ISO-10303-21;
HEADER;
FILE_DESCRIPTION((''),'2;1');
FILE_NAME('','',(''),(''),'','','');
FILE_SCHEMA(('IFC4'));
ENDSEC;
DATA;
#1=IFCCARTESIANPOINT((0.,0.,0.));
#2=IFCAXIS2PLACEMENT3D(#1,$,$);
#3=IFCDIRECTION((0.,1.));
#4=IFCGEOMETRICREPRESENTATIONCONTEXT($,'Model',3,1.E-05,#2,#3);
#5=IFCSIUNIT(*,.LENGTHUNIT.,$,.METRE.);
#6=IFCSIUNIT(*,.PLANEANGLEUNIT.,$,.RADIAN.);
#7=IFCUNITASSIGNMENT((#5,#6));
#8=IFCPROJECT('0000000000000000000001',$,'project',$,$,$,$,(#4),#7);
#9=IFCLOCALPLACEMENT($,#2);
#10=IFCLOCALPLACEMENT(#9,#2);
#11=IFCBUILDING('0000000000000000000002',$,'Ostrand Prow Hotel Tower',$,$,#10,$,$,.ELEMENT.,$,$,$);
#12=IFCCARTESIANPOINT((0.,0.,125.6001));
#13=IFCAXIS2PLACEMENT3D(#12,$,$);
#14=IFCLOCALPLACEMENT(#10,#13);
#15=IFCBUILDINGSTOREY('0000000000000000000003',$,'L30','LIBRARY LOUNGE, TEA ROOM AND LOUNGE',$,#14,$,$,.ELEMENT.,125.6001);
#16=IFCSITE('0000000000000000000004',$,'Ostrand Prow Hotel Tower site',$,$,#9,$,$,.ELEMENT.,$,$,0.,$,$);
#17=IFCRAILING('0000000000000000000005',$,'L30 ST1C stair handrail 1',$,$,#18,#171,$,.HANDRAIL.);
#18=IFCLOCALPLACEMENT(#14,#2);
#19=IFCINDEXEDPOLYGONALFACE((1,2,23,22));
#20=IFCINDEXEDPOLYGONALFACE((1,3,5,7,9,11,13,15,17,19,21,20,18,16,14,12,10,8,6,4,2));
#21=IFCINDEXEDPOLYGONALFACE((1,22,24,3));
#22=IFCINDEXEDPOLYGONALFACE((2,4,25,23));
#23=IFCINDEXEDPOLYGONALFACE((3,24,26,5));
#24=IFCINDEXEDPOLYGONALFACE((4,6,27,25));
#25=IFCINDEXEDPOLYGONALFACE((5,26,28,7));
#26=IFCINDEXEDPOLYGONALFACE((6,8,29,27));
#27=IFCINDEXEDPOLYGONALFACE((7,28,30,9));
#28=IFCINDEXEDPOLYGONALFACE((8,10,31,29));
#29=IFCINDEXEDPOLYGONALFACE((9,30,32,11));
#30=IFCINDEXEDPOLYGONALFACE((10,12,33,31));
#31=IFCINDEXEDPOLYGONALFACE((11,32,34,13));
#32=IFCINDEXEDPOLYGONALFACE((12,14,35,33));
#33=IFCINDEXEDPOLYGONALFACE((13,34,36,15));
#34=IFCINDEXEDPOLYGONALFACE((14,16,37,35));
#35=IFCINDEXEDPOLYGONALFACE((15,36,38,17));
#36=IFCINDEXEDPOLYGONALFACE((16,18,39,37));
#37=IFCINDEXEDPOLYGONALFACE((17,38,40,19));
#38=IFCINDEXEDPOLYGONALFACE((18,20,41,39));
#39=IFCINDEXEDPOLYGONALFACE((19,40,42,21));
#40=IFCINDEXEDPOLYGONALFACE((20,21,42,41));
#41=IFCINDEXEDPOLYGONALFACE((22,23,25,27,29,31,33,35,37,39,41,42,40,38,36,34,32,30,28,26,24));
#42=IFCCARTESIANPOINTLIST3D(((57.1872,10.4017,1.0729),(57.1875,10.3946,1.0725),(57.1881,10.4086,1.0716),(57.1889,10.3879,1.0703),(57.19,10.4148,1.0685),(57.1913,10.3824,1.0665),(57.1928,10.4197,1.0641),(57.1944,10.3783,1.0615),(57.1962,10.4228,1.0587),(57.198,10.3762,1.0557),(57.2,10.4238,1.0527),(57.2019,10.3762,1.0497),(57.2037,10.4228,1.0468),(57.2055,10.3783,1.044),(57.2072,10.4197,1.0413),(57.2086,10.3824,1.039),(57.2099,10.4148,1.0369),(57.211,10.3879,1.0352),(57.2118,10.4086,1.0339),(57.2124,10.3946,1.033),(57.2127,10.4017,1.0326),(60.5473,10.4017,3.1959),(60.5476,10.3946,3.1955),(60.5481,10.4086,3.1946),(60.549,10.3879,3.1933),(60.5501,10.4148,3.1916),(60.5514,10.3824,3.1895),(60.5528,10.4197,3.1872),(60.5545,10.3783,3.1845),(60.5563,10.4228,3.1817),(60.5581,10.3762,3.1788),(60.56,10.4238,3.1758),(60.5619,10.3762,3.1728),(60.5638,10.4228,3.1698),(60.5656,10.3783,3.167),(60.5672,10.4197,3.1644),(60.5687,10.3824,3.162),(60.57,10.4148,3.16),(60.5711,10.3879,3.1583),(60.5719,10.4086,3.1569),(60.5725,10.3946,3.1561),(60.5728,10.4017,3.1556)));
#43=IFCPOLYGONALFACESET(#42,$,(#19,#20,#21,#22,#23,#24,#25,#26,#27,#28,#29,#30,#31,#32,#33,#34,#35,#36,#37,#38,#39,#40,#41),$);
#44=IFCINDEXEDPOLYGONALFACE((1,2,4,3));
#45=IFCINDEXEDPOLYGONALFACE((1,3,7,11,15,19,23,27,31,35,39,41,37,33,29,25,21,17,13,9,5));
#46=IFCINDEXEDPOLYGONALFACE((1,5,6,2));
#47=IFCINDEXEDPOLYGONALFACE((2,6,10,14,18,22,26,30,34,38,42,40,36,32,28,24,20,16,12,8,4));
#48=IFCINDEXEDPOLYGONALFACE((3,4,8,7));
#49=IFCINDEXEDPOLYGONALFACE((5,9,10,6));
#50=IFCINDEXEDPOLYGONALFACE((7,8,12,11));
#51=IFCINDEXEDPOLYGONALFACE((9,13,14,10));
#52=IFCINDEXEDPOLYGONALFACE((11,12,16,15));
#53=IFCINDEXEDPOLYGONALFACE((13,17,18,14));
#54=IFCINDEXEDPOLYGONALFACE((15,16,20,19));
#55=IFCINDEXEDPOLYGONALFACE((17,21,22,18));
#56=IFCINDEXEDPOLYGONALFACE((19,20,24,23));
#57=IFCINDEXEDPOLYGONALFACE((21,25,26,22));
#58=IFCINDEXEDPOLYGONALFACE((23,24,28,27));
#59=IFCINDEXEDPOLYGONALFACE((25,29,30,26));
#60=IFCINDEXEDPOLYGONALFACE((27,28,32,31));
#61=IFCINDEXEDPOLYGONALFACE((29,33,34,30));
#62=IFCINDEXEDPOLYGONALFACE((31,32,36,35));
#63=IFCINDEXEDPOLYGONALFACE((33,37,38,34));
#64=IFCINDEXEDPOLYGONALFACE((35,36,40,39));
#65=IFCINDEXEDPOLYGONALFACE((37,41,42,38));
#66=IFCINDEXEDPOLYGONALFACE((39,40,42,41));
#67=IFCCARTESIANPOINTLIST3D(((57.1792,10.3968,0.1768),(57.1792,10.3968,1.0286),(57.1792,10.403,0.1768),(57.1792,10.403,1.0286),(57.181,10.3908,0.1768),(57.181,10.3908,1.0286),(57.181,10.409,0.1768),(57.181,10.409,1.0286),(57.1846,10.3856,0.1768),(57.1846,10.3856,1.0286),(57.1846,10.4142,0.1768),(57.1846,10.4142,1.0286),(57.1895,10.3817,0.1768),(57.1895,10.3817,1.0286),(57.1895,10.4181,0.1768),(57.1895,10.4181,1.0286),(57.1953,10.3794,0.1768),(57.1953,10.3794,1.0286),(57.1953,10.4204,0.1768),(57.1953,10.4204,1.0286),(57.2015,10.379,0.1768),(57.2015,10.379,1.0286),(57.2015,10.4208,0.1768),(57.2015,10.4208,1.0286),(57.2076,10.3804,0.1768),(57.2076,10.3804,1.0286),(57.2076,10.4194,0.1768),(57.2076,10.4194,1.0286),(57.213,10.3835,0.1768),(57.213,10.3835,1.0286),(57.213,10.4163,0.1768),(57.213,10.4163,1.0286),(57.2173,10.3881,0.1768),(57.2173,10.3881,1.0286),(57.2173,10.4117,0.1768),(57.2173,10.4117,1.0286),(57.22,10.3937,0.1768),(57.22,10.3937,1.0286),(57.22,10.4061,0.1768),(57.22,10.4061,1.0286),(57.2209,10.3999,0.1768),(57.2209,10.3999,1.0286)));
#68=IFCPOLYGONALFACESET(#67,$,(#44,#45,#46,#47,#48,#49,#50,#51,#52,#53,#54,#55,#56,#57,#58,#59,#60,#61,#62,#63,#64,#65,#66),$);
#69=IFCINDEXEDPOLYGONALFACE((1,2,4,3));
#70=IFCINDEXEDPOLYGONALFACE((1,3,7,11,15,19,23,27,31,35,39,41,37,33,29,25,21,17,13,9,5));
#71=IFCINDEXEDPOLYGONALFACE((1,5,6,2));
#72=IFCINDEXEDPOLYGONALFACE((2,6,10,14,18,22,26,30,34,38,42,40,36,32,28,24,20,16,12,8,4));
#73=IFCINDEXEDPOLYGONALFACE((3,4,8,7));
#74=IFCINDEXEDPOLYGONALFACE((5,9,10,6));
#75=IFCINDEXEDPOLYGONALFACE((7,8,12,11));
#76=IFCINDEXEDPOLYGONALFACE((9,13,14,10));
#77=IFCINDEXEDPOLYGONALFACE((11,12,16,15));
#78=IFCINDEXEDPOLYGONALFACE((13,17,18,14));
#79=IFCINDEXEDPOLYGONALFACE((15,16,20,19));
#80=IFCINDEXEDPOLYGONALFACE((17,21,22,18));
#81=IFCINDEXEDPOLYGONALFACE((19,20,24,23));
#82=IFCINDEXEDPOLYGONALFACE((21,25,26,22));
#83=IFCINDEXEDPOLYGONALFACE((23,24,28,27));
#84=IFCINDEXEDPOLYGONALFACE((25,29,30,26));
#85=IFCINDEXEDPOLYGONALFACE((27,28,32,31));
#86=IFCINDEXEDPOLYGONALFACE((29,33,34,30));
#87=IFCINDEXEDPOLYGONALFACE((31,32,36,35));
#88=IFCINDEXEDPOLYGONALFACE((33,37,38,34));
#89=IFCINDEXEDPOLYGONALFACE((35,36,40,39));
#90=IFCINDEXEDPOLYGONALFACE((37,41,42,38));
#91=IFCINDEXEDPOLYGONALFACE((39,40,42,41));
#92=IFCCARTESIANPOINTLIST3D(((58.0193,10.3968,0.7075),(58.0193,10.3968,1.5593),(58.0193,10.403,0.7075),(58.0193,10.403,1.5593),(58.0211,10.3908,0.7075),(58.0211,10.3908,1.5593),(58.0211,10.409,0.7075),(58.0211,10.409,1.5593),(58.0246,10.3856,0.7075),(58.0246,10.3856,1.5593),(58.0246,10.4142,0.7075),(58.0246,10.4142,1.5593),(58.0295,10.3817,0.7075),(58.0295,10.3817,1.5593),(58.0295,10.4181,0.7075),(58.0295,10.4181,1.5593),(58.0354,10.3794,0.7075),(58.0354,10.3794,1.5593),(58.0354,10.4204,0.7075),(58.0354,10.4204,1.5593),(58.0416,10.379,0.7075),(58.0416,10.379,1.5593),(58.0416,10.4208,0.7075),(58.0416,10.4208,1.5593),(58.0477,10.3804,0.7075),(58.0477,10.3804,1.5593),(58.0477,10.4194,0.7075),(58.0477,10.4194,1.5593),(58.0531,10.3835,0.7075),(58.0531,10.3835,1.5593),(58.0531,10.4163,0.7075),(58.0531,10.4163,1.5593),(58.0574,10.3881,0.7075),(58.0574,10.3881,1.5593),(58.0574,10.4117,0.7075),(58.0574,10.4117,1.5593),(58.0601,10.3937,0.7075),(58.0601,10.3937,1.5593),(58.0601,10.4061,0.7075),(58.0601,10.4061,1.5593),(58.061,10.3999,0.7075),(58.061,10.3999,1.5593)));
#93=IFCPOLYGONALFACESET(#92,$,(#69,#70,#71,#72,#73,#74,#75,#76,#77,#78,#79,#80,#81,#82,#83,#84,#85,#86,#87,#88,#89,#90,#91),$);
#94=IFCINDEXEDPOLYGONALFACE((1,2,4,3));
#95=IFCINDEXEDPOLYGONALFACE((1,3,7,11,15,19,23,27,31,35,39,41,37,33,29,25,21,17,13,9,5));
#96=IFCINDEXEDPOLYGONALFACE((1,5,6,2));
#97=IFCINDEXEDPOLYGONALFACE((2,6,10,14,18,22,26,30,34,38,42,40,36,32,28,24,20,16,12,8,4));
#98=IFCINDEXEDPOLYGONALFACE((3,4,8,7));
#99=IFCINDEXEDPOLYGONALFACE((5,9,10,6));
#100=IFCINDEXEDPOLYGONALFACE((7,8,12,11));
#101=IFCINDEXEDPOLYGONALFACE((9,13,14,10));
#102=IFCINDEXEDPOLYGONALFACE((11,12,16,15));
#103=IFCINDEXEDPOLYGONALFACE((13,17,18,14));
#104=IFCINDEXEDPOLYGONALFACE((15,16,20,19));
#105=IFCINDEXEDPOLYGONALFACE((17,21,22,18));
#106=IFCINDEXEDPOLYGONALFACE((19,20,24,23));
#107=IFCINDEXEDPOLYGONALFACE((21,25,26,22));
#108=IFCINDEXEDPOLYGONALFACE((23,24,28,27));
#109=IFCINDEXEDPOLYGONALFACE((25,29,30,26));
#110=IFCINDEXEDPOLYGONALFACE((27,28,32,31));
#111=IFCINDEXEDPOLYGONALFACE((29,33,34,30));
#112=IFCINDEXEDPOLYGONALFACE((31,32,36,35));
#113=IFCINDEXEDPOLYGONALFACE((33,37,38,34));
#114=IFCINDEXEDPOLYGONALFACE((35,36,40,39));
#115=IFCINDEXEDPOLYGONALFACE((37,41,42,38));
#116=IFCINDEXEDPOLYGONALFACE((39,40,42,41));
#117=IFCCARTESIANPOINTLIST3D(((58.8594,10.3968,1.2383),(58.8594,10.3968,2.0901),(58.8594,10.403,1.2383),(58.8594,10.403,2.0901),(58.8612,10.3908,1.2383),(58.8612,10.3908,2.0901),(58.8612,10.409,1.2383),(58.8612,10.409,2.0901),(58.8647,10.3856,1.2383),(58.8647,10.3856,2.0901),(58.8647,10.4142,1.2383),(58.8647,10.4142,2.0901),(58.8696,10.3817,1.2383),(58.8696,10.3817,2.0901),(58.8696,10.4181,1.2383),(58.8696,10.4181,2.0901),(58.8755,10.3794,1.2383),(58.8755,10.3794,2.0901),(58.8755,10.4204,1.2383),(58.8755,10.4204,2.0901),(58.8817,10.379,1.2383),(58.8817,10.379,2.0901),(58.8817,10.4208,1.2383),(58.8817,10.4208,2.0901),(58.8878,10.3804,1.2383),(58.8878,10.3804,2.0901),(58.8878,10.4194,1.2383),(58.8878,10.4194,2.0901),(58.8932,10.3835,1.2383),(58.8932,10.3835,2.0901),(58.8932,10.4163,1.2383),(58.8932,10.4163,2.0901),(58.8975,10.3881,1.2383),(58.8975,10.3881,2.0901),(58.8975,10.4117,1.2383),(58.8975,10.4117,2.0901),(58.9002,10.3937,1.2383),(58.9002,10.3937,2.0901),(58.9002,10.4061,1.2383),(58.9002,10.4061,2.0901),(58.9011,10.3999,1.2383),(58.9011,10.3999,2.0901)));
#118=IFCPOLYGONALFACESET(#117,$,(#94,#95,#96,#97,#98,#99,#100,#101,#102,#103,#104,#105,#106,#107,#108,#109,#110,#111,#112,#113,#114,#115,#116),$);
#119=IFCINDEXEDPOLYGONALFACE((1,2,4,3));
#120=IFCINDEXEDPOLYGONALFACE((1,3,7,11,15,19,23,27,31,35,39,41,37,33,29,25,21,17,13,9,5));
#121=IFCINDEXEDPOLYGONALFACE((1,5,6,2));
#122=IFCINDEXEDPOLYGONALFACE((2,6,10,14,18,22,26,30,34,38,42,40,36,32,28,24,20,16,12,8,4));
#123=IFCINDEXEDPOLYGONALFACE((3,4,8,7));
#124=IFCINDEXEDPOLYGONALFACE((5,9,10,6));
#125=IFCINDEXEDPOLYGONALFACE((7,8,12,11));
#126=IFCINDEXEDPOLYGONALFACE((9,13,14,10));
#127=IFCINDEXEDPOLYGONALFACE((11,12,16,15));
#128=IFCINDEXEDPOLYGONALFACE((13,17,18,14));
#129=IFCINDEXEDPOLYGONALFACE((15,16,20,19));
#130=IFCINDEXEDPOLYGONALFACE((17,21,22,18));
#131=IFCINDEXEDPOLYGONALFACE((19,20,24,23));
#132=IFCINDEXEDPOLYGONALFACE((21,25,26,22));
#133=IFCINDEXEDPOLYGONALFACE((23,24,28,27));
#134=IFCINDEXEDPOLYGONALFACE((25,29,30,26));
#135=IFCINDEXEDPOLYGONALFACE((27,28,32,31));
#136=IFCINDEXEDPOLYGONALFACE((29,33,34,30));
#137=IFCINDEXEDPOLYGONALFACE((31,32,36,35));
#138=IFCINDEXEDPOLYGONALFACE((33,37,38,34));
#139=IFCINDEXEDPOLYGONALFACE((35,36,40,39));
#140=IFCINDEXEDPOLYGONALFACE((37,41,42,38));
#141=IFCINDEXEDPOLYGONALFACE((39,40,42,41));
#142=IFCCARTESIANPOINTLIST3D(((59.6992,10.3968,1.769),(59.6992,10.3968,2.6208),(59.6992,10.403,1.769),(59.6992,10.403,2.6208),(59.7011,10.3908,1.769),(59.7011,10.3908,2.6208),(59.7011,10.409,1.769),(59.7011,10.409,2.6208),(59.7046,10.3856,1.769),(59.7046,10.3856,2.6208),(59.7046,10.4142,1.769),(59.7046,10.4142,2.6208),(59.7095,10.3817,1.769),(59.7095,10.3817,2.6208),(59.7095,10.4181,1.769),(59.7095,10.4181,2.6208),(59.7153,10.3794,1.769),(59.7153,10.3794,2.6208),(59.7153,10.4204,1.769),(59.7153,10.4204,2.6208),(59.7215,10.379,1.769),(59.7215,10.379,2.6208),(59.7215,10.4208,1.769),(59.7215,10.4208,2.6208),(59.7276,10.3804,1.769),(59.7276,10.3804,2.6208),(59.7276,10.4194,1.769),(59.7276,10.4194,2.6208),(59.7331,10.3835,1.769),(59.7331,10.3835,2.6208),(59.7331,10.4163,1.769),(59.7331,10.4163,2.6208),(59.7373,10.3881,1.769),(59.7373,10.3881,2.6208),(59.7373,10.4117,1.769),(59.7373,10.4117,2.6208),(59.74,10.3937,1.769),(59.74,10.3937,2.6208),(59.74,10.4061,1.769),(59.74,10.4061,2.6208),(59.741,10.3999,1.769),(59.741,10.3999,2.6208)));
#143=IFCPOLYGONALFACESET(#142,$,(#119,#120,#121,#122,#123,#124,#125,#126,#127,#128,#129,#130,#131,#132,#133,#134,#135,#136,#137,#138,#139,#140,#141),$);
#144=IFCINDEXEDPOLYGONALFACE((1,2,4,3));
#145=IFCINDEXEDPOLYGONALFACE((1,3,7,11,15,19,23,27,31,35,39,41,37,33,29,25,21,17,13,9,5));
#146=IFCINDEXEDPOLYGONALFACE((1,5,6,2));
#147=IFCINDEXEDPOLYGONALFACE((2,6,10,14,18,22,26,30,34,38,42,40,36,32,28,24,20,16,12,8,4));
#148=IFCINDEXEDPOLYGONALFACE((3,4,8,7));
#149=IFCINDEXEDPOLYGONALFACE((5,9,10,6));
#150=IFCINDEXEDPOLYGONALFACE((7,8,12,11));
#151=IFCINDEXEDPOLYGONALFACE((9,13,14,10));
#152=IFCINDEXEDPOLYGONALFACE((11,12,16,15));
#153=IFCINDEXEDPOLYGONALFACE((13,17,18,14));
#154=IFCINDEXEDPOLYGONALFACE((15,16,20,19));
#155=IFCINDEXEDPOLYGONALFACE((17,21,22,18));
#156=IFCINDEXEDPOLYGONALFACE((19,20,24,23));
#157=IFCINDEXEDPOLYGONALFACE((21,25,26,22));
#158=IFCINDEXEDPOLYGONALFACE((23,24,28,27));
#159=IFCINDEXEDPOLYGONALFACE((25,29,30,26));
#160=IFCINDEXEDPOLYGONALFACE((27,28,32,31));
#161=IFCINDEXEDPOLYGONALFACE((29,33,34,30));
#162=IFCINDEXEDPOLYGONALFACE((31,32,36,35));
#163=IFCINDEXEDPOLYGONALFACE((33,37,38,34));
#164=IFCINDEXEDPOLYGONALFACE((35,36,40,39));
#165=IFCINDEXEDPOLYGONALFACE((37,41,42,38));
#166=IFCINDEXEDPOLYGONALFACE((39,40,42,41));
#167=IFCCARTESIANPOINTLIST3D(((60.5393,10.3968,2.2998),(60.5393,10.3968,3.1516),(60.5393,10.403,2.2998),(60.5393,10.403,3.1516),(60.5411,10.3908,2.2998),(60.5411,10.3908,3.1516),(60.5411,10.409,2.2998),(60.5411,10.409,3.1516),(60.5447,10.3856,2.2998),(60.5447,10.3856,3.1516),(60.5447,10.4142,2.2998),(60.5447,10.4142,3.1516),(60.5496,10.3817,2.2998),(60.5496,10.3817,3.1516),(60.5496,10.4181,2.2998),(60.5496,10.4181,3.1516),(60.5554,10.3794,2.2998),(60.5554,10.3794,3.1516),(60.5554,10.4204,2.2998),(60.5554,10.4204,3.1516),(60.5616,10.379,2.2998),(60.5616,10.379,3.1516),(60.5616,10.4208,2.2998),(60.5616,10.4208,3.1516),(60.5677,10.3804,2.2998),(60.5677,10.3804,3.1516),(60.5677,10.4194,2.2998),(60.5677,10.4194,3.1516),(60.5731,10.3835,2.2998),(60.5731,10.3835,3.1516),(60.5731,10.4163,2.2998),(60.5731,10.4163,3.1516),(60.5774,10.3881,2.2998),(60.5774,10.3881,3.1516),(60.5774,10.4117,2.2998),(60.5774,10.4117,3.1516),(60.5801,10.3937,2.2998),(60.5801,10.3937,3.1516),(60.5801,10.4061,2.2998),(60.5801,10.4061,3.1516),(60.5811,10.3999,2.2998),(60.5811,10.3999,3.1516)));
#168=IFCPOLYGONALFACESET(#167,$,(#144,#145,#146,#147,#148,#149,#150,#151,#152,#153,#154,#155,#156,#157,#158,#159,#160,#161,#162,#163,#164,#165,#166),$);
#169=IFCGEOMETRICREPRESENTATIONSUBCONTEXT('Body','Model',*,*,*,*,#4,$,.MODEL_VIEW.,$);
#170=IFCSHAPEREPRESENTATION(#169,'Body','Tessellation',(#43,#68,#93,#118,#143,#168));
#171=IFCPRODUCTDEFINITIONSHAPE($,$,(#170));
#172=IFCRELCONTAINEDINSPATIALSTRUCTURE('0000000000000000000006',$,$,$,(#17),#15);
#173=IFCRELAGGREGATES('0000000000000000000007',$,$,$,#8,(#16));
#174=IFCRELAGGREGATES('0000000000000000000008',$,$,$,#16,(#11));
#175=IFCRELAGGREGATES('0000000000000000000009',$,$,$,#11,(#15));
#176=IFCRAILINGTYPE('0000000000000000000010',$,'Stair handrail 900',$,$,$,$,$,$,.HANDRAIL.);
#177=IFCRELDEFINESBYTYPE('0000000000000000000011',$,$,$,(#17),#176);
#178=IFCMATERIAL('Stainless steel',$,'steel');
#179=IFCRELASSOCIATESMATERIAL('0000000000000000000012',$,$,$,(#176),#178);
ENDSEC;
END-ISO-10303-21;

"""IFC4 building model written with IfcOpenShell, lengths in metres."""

from ifc_helpers import new_model, si_unit, direction, frame, origin, origin_2d, place, context, subcontext, project, spatial, circle, extrude, material, type_object, element, save


model = new_model("IFC4")

# Units and contexts
model_context = context("Model", 3, precision=1e-05, world=origin(), true_north=direction((0.0, 1.0)))
body_context = subcontext(model_context, "Body", "Model", "MODEL_VIEW")
ifc_project = project(units=[si_unit("LENGTHUNIT", "METRE"), si_unit("PLANEANGLEUNIT", "RADIAN")], contexts=[model_context])

# Site, building, storey
site_placement = place(None, origin())
site = spatial("IfcSite", under=ifc_project, at=site_placement, Name="Ostrand Prow Hotel Tower site", CompositionType="ELEMENT", RefElevation=0.0)
building_placement = place(site_placement, origin())
building = spatial("IfcBuilding", under=site, at=building_placement, Name="Ostrand Prow Hotel Tower", CompositionType="ELEMENT")
storey_placement = place(building_placement, frame((0.0, 0.0, 125.6001)))
storey = spatial("IfcBuildingStorey", under=building, at=storey_placement, Name="L30", Description="LIBRARY LOUNGE, TEA ROOM AND LOUNGE", CompositionType="ELEMENT", Elevation=125.6001)

# Railing
ifc_material_1 = material(Name="Stainless steel", Category="steel")
railing_type_1 = type_object("IfcRailingType", Name="Stair handrail 900", PredefinedType="HANDRAIL", material=ifc_material_1)
railing_1_placement = place(storey_placement, frame((57.2, 10.3999, 0.1768)))
element("IfcRailing", 1, at=railing_1_placement, inside=storey, type_object=railing_type_1, Name="L30 ST1C stair handrail 1", PredefinedType="HANDRAIL", context=body_context, shape_type="SweptSolid", body=[
    extrude(circle(Radius=0.0239, at=origin_2d()), frame((0.0, 0.0, 0.876), z_axis=(0.84539, 0.0, 0.53415), x_axis=(0.0, 1.0, 0.0)), (0.0, 0.0, 1.0), 3.9746),
    extrude(circle(Radius=0.021, at=origin_2d()), origin(), (0.0, 0.0, 1.0), 0.8518),
    extrude(circle(Radius=0.021, at=origin_2d()), frame((0.8401, 0.0, 0.5308)), (0.0, 0.0, 1.0), 0.8518),
    extrude(circle(Radius=0.021, at=origin_2d()), frame((1.6802, 0.0, 1.0615)), (0.0, 0.0, 1.0), 0.8518),
    extrude(circle(Radius=0.021, at=origin_2d()), frame((2.52, 0.0, 1.5923)), (0.0, 0.0, 1.0), 0.8518),
    extrude(circle(Radius=0.021, at=origin_2d()), frame((3.3601, 0.0, 2.123)), (0.0, 0.0, 1.0), 0.8518),
])

save(model, "model.ifc")
